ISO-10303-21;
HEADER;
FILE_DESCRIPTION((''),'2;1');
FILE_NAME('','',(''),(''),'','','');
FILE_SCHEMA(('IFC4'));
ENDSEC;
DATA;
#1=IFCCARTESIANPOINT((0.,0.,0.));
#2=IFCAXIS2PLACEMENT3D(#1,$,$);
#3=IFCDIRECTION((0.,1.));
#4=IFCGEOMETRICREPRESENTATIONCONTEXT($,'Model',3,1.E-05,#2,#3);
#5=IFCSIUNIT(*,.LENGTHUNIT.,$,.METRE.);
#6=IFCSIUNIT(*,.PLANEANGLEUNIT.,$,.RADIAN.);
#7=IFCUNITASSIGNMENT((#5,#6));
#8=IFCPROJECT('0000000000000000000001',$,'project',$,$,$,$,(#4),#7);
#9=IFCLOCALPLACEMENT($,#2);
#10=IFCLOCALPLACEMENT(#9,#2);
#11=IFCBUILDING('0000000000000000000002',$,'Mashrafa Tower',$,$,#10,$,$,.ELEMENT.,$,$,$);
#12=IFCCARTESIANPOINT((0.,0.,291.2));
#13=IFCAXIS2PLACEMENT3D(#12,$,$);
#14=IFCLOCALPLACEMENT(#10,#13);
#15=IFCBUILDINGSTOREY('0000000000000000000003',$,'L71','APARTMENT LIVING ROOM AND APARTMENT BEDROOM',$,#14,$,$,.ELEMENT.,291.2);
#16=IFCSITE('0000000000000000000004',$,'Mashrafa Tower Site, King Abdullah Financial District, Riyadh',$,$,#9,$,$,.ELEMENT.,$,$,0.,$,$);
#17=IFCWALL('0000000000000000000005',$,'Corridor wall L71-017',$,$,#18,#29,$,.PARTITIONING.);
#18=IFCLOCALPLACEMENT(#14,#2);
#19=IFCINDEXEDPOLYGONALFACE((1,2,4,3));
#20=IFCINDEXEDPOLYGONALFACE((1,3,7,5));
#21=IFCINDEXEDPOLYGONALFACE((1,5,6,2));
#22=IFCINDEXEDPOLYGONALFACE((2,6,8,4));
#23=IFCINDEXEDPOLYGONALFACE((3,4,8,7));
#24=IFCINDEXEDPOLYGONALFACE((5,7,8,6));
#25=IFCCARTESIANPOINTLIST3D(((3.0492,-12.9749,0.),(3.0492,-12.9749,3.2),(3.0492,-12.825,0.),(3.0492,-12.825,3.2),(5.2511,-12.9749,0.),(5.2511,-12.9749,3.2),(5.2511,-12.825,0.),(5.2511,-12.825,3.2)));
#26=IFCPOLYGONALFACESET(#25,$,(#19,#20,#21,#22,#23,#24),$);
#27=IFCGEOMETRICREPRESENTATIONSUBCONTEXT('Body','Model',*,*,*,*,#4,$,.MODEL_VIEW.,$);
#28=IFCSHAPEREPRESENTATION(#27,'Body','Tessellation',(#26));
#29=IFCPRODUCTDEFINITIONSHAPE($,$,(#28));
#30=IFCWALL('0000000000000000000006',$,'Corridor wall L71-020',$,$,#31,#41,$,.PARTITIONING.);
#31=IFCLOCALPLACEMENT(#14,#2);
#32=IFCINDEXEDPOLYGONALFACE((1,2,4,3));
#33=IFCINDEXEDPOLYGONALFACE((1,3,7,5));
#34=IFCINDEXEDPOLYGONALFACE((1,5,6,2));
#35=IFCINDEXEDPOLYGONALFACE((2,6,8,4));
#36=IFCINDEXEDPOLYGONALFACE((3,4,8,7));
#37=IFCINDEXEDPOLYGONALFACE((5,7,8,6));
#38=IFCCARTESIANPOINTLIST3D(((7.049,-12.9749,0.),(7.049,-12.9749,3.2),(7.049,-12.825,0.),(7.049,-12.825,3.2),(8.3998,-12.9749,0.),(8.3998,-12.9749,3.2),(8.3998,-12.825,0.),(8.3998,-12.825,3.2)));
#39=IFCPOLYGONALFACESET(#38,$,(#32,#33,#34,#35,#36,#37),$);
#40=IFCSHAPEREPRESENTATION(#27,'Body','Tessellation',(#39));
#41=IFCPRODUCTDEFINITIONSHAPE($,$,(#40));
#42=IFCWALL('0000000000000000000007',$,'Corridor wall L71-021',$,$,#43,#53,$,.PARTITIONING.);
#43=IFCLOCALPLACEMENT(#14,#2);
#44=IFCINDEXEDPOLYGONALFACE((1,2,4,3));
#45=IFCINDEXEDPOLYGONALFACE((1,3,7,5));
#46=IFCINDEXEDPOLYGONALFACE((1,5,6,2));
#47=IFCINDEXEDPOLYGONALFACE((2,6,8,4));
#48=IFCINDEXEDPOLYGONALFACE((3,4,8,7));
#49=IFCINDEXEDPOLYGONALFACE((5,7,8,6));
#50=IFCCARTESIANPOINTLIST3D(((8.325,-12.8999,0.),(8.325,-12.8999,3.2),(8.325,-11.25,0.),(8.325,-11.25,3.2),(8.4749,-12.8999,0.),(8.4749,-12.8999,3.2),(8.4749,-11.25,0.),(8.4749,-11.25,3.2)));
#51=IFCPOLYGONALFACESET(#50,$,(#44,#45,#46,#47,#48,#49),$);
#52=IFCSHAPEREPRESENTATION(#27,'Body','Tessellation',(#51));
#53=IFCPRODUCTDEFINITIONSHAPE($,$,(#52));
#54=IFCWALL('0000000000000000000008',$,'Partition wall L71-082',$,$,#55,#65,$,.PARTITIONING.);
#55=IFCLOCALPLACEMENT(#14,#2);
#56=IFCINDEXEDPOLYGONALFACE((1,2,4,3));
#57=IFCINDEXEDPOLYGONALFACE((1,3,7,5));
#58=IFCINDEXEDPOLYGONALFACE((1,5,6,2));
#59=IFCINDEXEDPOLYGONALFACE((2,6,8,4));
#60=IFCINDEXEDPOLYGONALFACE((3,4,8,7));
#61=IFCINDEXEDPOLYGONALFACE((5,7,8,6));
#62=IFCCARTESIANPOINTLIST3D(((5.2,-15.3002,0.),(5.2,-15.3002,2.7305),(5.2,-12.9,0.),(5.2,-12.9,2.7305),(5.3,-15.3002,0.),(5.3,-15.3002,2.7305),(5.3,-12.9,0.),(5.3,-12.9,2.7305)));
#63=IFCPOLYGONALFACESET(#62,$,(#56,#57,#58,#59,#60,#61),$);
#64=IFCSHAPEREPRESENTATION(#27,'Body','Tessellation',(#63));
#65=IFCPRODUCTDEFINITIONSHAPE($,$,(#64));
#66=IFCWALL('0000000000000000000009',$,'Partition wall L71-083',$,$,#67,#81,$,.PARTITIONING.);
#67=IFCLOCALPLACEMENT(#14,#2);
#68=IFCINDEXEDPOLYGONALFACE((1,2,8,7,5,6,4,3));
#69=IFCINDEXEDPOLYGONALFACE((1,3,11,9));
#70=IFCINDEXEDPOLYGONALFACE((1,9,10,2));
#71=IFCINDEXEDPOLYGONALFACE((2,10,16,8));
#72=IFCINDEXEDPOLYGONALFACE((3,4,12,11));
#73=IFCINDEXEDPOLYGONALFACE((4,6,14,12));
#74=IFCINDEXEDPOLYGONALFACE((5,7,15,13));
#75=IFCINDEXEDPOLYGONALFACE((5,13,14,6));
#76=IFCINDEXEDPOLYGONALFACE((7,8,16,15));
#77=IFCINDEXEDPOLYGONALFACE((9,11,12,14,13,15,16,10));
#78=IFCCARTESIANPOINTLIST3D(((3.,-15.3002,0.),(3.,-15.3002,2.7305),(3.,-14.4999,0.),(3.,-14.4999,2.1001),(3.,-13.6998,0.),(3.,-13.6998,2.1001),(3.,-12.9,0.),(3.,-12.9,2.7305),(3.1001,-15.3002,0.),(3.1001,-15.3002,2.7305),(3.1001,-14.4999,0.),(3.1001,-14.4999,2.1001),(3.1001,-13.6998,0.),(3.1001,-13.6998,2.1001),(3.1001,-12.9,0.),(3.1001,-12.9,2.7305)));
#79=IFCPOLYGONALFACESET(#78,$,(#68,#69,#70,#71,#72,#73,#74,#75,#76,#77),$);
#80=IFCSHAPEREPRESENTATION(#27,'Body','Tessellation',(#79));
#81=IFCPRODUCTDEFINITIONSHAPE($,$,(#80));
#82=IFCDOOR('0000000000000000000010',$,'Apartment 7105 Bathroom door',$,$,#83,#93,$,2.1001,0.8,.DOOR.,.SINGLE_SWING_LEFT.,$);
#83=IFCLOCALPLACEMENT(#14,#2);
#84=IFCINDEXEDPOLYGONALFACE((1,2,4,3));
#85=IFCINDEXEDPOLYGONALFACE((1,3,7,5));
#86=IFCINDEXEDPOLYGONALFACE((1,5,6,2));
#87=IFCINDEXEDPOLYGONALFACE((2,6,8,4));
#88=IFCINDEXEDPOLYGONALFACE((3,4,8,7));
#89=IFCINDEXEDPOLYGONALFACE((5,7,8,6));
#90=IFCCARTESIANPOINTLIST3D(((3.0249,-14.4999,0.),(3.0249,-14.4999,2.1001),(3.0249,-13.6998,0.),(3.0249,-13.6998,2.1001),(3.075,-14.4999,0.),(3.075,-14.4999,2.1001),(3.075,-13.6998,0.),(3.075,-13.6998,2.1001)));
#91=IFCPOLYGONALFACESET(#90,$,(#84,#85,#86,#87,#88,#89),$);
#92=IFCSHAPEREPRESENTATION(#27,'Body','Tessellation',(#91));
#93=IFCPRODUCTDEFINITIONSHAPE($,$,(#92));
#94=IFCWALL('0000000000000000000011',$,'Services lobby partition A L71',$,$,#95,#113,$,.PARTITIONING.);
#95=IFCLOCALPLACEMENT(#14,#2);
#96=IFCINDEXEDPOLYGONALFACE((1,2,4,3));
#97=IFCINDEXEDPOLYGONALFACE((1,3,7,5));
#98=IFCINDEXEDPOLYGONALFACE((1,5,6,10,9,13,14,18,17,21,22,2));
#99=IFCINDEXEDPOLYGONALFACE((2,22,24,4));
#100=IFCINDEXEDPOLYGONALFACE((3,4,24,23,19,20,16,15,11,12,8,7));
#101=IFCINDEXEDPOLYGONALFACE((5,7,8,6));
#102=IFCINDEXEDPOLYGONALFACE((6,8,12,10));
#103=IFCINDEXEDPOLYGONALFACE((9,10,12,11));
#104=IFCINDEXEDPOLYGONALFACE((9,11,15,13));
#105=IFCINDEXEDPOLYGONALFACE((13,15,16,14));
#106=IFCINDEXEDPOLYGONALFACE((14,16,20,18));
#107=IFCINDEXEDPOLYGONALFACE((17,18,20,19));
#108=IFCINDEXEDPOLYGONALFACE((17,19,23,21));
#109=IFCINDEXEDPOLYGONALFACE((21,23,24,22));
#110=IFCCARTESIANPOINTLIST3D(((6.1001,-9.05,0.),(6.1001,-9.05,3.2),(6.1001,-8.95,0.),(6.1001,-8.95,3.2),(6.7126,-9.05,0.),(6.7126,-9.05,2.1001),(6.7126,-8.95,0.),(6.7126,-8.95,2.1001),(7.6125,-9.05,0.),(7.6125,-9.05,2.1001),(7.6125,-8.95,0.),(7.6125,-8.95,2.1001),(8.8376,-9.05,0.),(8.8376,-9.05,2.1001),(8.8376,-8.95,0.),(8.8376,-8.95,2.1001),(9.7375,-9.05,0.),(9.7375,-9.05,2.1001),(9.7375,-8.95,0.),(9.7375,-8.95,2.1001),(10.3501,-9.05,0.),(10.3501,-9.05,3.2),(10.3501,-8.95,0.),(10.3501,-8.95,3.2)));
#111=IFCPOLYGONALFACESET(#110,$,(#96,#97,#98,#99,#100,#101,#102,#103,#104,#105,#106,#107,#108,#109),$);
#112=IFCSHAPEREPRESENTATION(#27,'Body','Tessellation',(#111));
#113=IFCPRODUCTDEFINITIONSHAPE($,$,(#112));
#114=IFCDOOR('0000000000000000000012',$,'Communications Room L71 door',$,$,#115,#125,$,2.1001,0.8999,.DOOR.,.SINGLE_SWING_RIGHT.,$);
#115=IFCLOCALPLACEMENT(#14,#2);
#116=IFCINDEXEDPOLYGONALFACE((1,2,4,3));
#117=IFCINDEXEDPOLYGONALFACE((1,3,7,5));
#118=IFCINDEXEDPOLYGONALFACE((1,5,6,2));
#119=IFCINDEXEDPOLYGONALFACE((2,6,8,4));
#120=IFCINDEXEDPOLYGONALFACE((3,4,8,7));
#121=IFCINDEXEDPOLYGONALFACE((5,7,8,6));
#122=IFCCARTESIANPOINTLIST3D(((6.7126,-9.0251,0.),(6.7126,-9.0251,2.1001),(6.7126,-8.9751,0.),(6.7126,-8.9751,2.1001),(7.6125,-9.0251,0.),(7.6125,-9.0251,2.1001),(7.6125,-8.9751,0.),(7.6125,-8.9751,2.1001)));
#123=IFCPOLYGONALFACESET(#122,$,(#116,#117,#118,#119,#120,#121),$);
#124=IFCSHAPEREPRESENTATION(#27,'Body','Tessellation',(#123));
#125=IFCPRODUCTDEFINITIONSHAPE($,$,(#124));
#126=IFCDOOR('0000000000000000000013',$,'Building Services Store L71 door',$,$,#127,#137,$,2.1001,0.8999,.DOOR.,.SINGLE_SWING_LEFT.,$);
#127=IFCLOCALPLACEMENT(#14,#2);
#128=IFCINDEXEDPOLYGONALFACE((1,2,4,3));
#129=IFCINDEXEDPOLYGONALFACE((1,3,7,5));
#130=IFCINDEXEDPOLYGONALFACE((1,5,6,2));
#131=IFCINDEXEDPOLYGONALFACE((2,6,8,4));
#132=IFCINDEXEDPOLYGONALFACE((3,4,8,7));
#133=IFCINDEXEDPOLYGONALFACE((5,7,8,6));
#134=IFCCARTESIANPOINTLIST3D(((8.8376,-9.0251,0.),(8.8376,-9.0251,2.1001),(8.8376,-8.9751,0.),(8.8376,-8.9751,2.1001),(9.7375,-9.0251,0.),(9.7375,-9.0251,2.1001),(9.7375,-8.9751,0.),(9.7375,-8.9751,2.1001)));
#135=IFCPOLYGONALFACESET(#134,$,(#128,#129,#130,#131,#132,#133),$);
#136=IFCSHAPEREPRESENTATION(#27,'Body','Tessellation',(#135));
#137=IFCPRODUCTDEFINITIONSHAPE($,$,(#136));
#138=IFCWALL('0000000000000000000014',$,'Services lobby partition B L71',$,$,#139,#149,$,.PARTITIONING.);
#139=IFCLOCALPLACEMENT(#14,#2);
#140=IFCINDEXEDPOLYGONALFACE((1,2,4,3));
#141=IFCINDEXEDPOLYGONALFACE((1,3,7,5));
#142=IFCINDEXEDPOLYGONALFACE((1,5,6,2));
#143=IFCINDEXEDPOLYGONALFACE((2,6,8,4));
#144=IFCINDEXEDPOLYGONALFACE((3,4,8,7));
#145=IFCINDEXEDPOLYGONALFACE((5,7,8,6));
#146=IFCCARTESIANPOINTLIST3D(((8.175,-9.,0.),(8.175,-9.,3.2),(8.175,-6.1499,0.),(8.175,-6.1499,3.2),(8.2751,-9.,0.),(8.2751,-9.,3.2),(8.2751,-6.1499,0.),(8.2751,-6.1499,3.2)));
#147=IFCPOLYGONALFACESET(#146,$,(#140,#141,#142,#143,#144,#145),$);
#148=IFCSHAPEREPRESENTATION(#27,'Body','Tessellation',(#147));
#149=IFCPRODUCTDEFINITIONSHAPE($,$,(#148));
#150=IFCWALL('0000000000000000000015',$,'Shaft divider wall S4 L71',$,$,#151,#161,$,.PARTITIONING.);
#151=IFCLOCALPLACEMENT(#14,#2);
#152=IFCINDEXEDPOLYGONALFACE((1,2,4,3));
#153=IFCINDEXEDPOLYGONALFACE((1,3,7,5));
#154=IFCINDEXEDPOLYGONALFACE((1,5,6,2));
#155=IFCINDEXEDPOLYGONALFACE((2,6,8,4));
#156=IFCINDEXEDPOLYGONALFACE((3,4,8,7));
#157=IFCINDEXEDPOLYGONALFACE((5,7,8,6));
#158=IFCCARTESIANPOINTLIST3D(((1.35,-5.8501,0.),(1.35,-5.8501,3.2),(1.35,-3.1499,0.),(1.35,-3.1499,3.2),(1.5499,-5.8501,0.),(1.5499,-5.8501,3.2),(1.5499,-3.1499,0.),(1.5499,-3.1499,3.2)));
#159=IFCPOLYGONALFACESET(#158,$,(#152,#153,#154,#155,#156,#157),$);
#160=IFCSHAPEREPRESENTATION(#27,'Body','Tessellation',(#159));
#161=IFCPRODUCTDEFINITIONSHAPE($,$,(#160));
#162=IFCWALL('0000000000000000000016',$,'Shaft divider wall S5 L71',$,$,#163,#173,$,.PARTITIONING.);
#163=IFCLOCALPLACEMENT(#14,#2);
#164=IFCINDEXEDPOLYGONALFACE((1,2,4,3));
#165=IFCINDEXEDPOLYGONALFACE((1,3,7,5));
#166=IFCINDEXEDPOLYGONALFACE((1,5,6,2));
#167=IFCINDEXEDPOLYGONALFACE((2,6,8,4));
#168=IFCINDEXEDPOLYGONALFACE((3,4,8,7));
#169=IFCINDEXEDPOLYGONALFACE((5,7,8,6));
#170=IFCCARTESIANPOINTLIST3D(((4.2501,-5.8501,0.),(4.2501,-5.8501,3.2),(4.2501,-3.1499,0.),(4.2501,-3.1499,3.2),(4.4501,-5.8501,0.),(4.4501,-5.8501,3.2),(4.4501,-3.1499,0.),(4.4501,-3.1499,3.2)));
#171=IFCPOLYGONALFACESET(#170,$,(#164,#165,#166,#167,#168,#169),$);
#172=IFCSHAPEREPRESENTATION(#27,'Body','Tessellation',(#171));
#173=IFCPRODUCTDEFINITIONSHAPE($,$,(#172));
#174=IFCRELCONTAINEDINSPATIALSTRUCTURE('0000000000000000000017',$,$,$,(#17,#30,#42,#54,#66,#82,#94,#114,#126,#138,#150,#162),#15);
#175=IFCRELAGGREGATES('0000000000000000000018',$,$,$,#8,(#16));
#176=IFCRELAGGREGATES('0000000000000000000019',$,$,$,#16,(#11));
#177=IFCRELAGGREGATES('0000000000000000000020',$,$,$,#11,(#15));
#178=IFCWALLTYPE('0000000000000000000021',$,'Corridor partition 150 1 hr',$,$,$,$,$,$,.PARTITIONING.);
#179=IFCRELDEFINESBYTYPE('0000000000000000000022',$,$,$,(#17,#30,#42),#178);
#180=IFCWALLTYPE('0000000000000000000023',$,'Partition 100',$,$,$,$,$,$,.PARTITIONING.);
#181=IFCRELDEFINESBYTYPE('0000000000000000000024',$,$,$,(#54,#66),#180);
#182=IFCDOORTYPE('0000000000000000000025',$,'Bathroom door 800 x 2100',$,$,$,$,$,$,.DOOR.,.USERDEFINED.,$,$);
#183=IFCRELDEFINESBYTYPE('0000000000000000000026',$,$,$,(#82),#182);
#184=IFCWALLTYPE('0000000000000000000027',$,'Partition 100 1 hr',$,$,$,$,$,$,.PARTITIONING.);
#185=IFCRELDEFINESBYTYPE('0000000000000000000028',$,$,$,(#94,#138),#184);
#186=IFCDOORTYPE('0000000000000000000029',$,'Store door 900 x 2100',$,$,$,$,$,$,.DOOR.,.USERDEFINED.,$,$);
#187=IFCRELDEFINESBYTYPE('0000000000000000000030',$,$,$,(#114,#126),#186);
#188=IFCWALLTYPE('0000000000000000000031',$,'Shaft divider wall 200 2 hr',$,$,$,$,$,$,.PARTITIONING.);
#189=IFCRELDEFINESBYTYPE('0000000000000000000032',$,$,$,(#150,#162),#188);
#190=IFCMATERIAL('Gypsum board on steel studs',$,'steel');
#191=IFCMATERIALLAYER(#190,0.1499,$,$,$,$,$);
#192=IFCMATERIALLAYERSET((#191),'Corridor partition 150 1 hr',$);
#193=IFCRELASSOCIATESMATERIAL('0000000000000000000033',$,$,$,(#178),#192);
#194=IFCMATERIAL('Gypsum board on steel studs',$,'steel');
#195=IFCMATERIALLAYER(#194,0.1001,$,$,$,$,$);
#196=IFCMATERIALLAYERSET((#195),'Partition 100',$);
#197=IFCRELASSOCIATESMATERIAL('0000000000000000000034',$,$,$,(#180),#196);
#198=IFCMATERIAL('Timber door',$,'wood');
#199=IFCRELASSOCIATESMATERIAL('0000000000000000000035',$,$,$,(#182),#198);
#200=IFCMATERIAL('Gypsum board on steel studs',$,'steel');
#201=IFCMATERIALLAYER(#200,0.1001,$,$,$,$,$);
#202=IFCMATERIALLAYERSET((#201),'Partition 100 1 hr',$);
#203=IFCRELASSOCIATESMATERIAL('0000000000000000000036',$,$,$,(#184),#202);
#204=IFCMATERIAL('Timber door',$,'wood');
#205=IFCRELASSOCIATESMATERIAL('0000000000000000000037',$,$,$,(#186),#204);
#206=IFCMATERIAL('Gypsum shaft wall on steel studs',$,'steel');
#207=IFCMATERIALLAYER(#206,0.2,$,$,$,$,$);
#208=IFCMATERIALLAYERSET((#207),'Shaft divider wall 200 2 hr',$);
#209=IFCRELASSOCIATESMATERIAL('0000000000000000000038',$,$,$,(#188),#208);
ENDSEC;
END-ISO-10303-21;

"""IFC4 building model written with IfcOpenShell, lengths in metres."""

from ifc_helpers import new_model, si_unit, direction, frame, frame_2d, origin, place, context, subcontext, project, spatial, rectangle, extrude, material, layer, layer_set, type_object, element, fill, save


model = new_model("IFC4")

# Units and contexts
model_context = context("Model", 3, precision=1e-05, world=origin(), true_north=direction((0.0, 1.0)))
body_context = subcontext(model_context, "Body", "Model", "MODEL_VIEW")
ifc_project = project(units=[si_unit("LENGTHUNIT", "METRE"), si_unit("PLANEANGLEUNIT", "RADIAN")], contexts=[model_context])

# Site, building, storey
site_placement = place(None, origin())
site = spatial("IfcSite", under=ifc_project, at=site_placement, Name="Mashrafa Tower Site, King Abdullah Financial District, Riyadh", CompositionType="ELEMENT", RefElevation=0.0)
building_placement = place(site_placement, origin())
building = spatial("IfcBuilding", under=site, at=building_placement, Name="Mashrafa Tower", CompositionType="ELEMENT")
storey_placement = place(building_placement, frame((0.0, 0.0, 291.2)))
storey = spatial("IfcBuildingStorey", under=building, at=storey_placement, Name="L71", Description="APARTMENT LIVING ROOM AND APARTMENT BEDROOM", CompositionType="ELEMENT", Elevation=291.2)

# Walls
ifc_material_1 = material(Name="Gypsum board on steel studs", Category="steel")
ifc_layer_1 = layer(ifc_material_1, 0.1499)
ifc_layer_set_1 = layer_set([ifc_layer_1], Name="Corridor partition 150 1 hr")
wall_type_1 = type_object("IfcWallType", Name="Corridor partition 150 1 hr", PredefinedType="PARTITIONING", material=ifc_layer_set_1)
wall_1_placement = place(storey_placement, frame((3.0491, -12.8999, 0.0), z_axis=(0.0, 0.0, 1.0), x_axis=(1.0, 0.0, 0.0)))
element("IfcWall", 1, at=wall_1_placement, inside=storey, type_object=wall_type_1, Name="Corridor wall L71-017", PredefinedType="PARTITIONING", context=body_context, shape_type="SweptSolid", body=[
    extrude(rectangle(XDim=2.2019, YDim=0.1499, at=frame_2d((1.1011, 0.0))), origin(), (0.0, 0.0, 1.0), 3.2),
])
wall_2_placement = place(storey_placement, frame((7.0491, -12.8999, 0.0), z_axis=(0.0, 0.0, 1.0), x_axis=(1.0, 0.0, 0.0)))
element("IfcWall", 2, at=wall_2_placement, inside=storey, type_object=wall_type_1, Name="Corridor wall L71-020", PredefinedType="PARTITIONING", context=body_context, shape_type="SweptSolid", body=[
    extrude(rectangle(XDim=1.3508, YDim=0.1499, at=frame_2d((0.6753, 0.0))), origin(), (0.0, 0.0, 1.0), 3.2),
])
wall_3_placement = place(storey_placement, frame((8.3999, -12.8999, 0.0), z_axis=(0.0, 0.0, 1.0), x_axis=(0.0, 1.0, 0.0)))
element("IfcWall", 3, at=wall_3_placement, inside=storey, type_object=wall_type_1, Name="Corridor wall L71-021", PredefinedType="PARTITIONING", context=body_context, shape_type="SweptSolid", body=[
    extrude(rectangle(XDim=1.6499, YDim=0.1499, at=frame_2d((0.825, 0.0))), origin(), (0.0, 0.0, 1.0), 3.2),
])
ifc_material_2 = material(Name="Gypsum board on steel studs", Category="steel")
ifc_layer_2 = layer(ifc_material_2, 0.1001)
ifc_layer_set_2 = layer_set([ifc_layer_2], Name="Partition 100")
wall_type_2 = type_object("IfcWallType", Name="Partition 100", PredefinedType="PARTITIONING", material=ifc_layer_set_2)
wall_4_placement = place(storey_placement, frame((5.25, -12.8999, 0.0), z_axis=(0.0, 0.0, 1.0), x_axis=(0.0, -1.0, 0.0)))
element("IfcWall", 4, at=wall_4_placement, inside=storey, type_object=wall_type_2, Name="Partition wall L71-082", PredefinedType="PARTITIONING", context=body_context, shape_type="SweptSolid", body=[
    extrude(rectangle(XDim=2.4001, YDim=0.1001, at=frame_2d((1.2002, 0.0))), origin(), (0.0, 0.0, 1.0), 2.7305),
])

# Wall, opening, door
wall_5_placement = place(storey_placement, frame((3.05, -12.8999, 0.0), z_axis=(0.0, 0.0, 1.0), x_axis=(0.0, -1.0, 0.0)))
wall_5 = element("IfcWall", 5, at=wall_5_placement, inside=storey, type_object=wall_type_2, Name="Partition wall L71-083", PredefinedType="PARTITIONING", context=body_context, shape_type="SweptSolid", body=[
    extrude(rectangle(XDim=2.4001, YDim=0.1001, at=frame_2d((1.2002, 0.0))), origin(), (0.0, 0.0, 1.0), 2.7305),
])
opening_1_placement = place(wall_5_placement, frame((0.8, 0.0, 0.0)))
opening_1 = element("IfcOpeningElement", 6, at=opening_1_placement, cuts=wall_5, PredefinedType="OPENING", context=body_context, shape_type="SweptSolid", body=[
    extrude(rectangle(XDim=0.8, YDim=2.1001, at=frame_2d((0.3999, 1.05))), frame((0.0, 0.0601, 0.0), z_axis=(0.0, -1.0, 0.0), x_axis=(1.0, 0.0, 0.0)), (0.0, 0.0, 1.0), 0.1201),
])
ifc_material_3 = material(Name="Timber door", Category="wood")
door_type_1 = type_object("IfcDoorType", Name="Bathroom door 800 x 2100", OperationType="USERDEFINED", PredefinedType="DOOR", material=ifc_material_3)
door_1_placement = place(opening_1_placement, origin())
door_1 = element("IfcDoor", 7, at=door_1_placement, inside=storey, type_object=door_type_1, Name="Apartment 7105 Bathroom door", OperationType="SINGLE_SWING_LEFT", OverallHeight=2.1001, OverallWidth=0.8, PredefinedType="DOOR", context=body_context, shape_type="SweptSolid", body=[
    extrude(rectangle(XDim=0.8, YDim=2.1001, at=frame_2d((0.3999, 1.05))), frame((0.0, 0.0249, 0.0), z_axis=(0.0, -1.0, 0.0), x_axis=(1.0, 0.0, 0.0)), (0.0, 0.0, 1.0), 0.05),
])
fill(opening_1, door_1)

# Wall, openings, doors
ifc_material_4 = material(Name="Gypsum board on steel studs", Category="steel")
ifc_layer_3 = layer(ifc_material_4, 0.1001)
ifc_layer_set_3 = layer_set([ifc_layer_3], Name="Partition 100 1 hr")
wall_type_3 = type_object("IfcWallType", Name="Partition 100 1 hr", PredefinedType="PARTITIONING", material=ifc_layer_set_3)
wall_6_placement = place(storey_placement, frame((6.1001, -9.0, 0.0), z_axis=(0.0, 0.0, 1.0), x_axis=(1.0, 0.0, 0.0)))
wall_6 = element("IfcWall", 8, at=wall_6_placement, inside=storey, type_object=wall_type_3, Name="Services lobby partition A L71", PredefinedType="PARTITIONING", context=body_context, shape_type="SweptSolid", body=[
    extrude(rectangle(XDim=4.25, YDim=0.1001, at=frame_2d((2.125, 0.0))), origin(), (0.0, 0.0, 1.0), 3.2),
])
opening_2_placement = place(wall_6_placement, frame((0.6125, 0.0, 0.0)))
opening_2 = element("IfcOpeningElement", 9, at=opening_2_placement, cuts=wall_6, PredefinedType="OPENING", context=body_context, shape_type="SweptSolid", body=[
    extrude(rectangle(XDim=0.8999, YDim=2.1001, at=frame_2d((0.45, 1.05))), frame((0.0, 0.0601, 0.0), z_axis=(0.0, -1.0, 0.0), x_axis=(1.0, 0.0, 0.0)), (0.0, 0.0, 1.0), 0.1201),
])
opening_3_placement = place(wall_6_placement, frame((2.7375, 0.0, 0.0)))
opening_3 = element("IfcOpeningElement", 10, at=opening_3_placement, cuts=wall_6, PredefinedType="OPENING", context=body_context, shape_type="SweptSolid", body=[
    extrude(rectangle(XDim=0.8999, YDim=2.1001, at=frame_2d((0.45, 1.05))), frame((0.0, 0.0601, 0.0), z_axis=(0.0, -1.0, 0.0), x_axis=(1.0, 0.0, 0.0)), (0.0, 0.0, 1.0), 0.1201),
])
ifc_material_5 = material(Name="Timber door", Category="wood")
door_type_2 = type_object("IfcDoorType", Name="Store door 900 x 2100", OperationType="USERDEFINED", PredefinedType="DOOR", material=ifc_material_5)
door_2_placement = place(opening_2_placement, origin())
door_2 = element("IfcDoor", 11, at=door_2_placement, inside=storey, type_object=door_type_2, Name="Communications Room L71 door", OperationType="SINGLE_SWING_RIGHT", OverallHeight=2.1001, OverallWidth=0.8999, PredefinedType="DOOR", context=body_context, shape_type="SweptSolid", body=[
    extrude(rectangle(XDim=0.8999, YDim=2.1001, at=frame_2d((0.45, 1.05))), frame((0.0, 0.0249, 0.0), z_axis=(0.0, -1.0, 0.0), x_axis=(1.0, 0.0, 0.0)), (0.0, 0.0, 1.0), 0.05),
])
fill(opening_2, door_2)
door_3_placement = place(opening_3_placement, origin())
door_3 = element("IfcDoor", 12, at=door_3_placement, inside=storey, type_object=door_type_2, Name="Building Services Store L71 door", OperationType="SINGLE_SWING_LEFT", OverallHeight=2.1001, OverallWidth=0.8999, PredefinedType="DOOR", context=body_context, shape_type="SweptSolid", body=[
    extrude(rectangle(XDim=0.8999, YDim=2.1001, at=frame_2d((0.45, 1.05))), frame((0.0, 0.0249, 0.0), z_axis=(0.0, -1.0, 0.0), x_axis=(1.0, 0.0, 0.0)), (0.0, 0.0, 1.0), 0.05),
])
fill(opening_3, door_3)

# Walls
wall_7_placement = place(storey_placement, frame((8.2251, -9.0, 0.0), z_axis=(0.0, 0.0, 1.0), x_axis=(0.0, 1.0, 0.0)))
element("IfcWall", 13, at=wall_7_placement, inside=storey, type_object=wall_type_3, Name="Services lobby partition B L71", PredefinedType="PARTITIONING", context=body_context, shape_type="SweptSolid", body=[
    extrude(rectangle(XDim=2.8501, YDim=0.1001, at=frame_2d((1.425, 0.0))), origin(), (0.0, 0.0, 1.0), 3.2),
])
ifc_material_6 = material(Name="Gypsum shaft wall on steel studs", Category="steel")
ifc_layer_4 = layer(ifc_material_6, 0.2)
ifc_layer_set_4 = layer_set([ifc_layer_4], Name="Shaft divider wall 200 2 hr")
wall_type_4 = type_object("IfcWallType", Name="Shaft divider wall 200 2 hr", PredefinedType="PARTITIONING", material=ifc_layer_set_4)
for number, where, z_axis, x_axis, name in (
    (14, (1.45, -5.8501, 0.0), (0.0, 0.0, 1.0), (0.0, 1.0, 0.0), "Shaft divider wall S4 L71"),
    (15, (4.3501, -5.8501, 0.0), (0.0, 0.0, 1.0), (0.0, 1.0, 0.0), "Shaft divider wall S5 L71"),
):
    element("IfcWall", number, at=place(storey_placement, frame(where, z_axis=z_axis, x_axis=x_axis)), inside=storey, type_object=wall_type_4, Name=name, PredefinedType="PARTITIONING", context=body_context, shape_type="SweptSolid", body=[
        extrude(rectangle(XDim=2.7002, YDim=0.2, at=frame_2d((1.3501, 0.0))), origin(), (0.0, 0.0, 1.0), 3.2),
    ])

save(model, "model.ifc")
